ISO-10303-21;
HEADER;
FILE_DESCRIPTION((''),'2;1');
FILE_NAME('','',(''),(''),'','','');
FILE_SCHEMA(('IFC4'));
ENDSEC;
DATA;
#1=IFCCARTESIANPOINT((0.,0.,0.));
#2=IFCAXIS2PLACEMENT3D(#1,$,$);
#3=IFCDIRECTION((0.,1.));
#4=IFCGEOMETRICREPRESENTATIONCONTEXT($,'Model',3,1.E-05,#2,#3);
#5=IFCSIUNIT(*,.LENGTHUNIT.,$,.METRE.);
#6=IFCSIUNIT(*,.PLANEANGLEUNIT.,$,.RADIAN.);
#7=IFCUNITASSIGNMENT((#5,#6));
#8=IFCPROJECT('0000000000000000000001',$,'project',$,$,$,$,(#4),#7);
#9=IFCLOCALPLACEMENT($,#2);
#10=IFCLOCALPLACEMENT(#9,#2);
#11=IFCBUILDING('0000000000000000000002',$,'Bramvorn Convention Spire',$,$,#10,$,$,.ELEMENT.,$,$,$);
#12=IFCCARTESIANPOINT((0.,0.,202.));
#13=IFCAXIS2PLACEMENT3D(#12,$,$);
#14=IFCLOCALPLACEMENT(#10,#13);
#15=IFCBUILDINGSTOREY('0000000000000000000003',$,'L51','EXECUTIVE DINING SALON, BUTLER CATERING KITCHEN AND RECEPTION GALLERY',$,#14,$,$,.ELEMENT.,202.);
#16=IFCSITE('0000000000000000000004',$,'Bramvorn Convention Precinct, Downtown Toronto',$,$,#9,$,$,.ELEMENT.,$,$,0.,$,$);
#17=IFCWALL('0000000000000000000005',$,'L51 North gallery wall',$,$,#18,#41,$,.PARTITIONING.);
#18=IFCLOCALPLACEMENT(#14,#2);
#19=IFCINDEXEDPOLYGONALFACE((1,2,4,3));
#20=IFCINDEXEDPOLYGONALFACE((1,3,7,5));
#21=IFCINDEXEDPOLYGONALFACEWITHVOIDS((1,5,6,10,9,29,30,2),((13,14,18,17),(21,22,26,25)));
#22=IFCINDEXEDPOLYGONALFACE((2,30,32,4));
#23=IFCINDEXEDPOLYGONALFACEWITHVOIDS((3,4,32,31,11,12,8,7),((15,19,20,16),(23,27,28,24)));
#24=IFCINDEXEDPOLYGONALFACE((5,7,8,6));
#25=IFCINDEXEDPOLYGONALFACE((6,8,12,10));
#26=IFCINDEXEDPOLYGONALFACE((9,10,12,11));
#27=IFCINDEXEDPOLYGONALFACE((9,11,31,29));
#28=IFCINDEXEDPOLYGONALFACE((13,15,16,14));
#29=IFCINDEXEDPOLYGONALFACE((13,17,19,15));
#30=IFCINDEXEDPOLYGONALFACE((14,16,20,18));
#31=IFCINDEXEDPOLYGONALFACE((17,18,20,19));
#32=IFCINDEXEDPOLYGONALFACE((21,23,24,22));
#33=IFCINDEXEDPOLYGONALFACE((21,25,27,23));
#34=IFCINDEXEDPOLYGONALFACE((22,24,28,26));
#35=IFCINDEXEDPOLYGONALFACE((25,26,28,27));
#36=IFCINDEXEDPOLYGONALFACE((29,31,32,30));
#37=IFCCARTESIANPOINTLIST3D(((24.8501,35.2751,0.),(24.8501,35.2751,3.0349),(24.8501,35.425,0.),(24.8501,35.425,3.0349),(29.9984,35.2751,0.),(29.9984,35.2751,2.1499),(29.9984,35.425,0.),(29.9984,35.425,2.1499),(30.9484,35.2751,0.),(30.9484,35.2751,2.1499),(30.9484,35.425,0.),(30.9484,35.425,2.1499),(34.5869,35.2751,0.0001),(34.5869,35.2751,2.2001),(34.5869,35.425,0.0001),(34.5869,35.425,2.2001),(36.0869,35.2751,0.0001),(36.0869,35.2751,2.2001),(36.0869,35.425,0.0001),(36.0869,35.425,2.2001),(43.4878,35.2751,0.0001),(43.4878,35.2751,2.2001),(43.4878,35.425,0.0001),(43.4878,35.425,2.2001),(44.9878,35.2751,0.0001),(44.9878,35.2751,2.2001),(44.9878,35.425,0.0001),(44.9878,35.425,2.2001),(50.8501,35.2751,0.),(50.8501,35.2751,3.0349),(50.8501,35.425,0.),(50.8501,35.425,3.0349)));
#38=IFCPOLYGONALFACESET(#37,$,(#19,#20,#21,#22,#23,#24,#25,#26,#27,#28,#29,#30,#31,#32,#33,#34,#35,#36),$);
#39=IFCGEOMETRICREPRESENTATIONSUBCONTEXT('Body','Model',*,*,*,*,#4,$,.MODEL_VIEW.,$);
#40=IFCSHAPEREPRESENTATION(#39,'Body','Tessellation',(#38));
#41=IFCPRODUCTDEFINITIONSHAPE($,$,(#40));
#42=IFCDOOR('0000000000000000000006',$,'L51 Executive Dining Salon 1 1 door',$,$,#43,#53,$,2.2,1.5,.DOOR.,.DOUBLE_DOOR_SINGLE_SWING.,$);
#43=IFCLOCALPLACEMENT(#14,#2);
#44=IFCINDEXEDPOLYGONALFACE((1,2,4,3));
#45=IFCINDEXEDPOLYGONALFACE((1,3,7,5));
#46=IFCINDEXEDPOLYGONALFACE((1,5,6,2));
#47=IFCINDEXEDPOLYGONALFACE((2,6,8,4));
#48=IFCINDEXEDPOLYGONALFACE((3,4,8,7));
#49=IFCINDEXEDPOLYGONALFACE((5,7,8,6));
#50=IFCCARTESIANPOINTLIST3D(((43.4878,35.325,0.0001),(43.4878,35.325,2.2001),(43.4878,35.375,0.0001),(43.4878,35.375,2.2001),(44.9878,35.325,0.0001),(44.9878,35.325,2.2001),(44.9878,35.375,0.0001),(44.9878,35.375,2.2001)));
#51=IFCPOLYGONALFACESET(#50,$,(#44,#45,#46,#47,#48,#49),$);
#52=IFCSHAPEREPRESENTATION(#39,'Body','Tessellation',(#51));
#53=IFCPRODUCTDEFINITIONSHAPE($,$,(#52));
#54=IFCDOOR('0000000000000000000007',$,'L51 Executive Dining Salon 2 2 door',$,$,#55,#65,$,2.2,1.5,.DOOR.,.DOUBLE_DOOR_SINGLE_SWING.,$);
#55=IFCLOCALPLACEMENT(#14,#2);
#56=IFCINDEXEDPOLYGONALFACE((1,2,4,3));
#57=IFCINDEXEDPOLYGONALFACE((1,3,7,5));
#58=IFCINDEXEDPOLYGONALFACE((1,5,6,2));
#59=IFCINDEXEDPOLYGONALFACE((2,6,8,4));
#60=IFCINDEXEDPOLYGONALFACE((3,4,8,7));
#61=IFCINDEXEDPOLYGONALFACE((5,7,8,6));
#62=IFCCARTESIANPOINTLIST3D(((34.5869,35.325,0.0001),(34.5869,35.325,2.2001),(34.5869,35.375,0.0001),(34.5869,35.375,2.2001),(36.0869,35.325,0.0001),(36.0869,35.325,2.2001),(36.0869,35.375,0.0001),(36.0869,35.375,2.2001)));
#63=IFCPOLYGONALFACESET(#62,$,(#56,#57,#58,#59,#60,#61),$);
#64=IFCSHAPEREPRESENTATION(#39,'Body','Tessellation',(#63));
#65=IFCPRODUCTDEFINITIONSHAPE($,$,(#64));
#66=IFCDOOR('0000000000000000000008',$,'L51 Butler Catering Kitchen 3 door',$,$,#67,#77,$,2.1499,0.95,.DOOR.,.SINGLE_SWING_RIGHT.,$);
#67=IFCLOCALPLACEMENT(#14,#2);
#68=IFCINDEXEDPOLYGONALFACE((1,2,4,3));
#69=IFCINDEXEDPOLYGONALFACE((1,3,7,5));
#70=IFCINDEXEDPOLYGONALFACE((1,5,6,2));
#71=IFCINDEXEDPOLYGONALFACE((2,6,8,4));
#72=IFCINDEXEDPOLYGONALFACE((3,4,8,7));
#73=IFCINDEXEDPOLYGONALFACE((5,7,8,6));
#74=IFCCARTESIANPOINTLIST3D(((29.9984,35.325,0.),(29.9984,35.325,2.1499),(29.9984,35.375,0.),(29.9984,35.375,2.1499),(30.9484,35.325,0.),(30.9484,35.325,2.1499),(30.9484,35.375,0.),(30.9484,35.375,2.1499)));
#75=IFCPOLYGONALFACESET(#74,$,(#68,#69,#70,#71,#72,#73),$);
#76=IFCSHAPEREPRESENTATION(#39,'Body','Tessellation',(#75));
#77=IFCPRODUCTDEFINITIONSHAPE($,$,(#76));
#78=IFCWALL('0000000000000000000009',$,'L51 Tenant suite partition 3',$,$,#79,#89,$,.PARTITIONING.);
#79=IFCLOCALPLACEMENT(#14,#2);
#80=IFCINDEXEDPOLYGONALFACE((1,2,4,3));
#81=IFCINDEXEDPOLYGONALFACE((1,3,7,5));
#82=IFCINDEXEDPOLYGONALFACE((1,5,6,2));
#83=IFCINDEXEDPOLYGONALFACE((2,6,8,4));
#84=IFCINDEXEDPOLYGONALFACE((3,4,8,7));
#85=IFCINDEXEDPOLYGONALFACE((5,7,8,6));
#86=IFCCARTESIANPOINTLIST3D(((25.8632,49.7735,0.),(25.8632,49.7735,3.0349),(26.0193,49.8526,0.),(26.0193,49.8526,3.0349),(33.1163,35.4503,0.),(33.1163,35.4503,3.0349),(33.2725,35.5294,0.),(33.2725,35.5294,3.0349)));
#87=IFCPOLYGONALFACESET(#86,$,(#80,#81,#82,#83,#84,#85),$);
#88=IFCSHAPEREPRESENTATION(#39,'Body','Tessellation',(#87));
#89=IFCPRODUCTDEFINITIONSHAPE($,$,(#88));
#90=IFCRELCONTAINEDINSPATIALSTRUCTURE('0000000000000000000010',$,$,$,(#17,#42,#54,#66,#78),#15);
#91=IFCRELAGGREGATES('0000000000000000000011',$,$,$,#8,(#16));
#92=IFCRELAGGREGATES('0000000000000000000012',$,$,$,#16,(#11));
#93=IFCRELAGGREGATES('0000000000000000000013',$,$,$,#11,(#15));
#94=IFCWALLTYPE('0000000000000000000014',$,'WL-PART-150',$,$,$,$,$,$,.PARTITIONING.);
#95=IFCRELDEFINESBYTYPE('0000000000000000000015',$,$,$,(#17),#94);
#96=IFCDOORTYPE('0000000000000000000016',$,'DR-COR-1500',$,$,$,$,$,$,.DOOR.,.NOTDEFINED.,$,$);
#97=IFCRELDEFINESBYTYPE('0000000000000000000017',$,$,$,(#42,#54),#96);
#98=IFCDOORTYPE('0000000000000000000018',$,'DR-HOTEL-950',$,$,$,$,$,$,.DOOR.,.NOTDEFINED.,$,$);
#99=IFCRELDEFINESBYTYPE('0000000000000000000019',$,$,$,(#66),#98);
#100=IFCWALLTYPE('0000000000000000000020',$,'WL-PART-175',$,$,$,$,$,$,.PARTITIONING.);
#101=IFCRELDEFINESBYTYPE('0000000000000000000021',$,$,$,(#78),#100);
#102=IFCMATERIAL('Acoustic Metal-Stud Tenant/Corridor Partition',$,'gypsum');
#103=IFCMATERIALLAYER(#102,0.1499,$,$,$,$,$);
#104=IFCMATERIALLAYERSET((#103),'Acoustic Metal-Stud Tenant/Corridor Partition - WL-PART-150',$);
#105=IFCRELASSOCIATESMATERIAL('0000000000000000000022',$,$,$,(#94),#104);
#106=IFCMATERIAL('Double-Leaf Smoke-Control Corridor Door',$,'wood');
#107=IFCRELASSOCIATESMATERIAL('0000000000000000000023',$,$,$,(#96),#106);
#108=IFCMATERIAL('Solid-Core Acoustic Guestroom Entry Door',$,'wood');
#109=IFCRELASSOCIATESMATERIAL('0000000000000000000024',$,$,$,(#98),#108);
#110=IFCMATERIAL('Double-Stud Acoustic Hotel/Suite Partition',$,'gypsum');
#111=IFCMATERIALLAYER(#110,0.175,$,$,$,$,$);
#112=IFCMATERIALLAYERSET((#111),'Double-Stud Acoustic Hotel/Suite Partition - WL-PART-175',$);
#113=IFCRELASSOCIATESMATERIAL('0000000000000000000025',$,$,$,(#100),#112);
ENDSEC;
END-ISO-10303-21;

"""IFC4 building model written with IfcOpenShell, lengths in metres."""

from ifc_helpers import new_model, si_unit, direction, frame, frame_2d, origin, place, context, subcontext, project, spatial, rectangle, extrude, material, layer, layer_set, type_object, element, fill, save


model = new_model("IFC4")

# Units and contexts
model_context = context("Model", 3, precision=1e-05, world=origin(), true_north=direction((0.0, 1.0)))
body_context = subcontext(model_context, "Body", "Model", "MODEL_VIEW")
ifc_project = project(units=[si_unit("LENGTHUNIT", "METRE"), si_unit("PLANEANGLEUNIT", "RADIAN")], contexts=[model_context])

# Site, building, storey
site_placement = place(None, origin())
site = spatial("IfcSite", under=ifc_project, at=site_placement, Name="Bramvorn Convention Precinct, Downtown Toronto", CompositionType="ELEMENT", RefElevation=0.0)
building_placement = place(site_placement, origin())
building = spatial("IfcBuilding", under=site, at=building_placement, Name="Bramvorn Convention Spire", CompositionType="ELEMENT")
storey_placement = place(building_placement, frame((0.0, 0.0, 202.0)))
storey = spatial("IfcBuildingStorey", under=building, at=storey_placement, Name="L51", Description="EXECUTIVE DINING SALON, BUTLER CATERING KITCHEN AND RECEPTION GALLERY", CompositionType="ELEMENT", Elevation=202.0)

# Wall, openings, doors
ifc_material_1 = material(Name="Acoustic Metal-Stud Tenant/Corridor Partition", Category="gypsum")
ifc_layer_1 = layer(ifc_material_1, 0.1499)
ifc_layer_set_1 = layer_set([ifc_layer_1], Name="Acoustic Metal-Stud Tenant/Corridor Partition - WL-PART-150")
wall_type_1 = type_object("IfcWallType", Name="WL-PART-150", PredefinedType="PARTITIONING", material=ifc_layer_set_1)
wall_1_placement = place(storey_placement, frame((24.8501, 35.3501, 0.0), z_axis=(0.0, 0.0, 1.0), x_axis=(1.0, 0.0, 0.0)))
wall_1 = element("IfcWall", 1, at=wall_1_placement, inside=storey, type_object=wall_type_1, Name="L51 North gallery wall", PredefinedType="PARTITIONING", context=body_context, shape_type="SweptSolid", body=[
    extrude(rectangle(XDim=26.0, YDim=0.1499, at=frame_2d((13.0, 0.0))), origin(), (0.0, 0.0, 1.0), 3.0349),
])
opening_1_placement = place(wall_1_placement, frame((18.6377, 0.0, 0.0)))
opening_1 = element("IfcOpeningElement", 2, at=opening_1_placement, cuts=wall_1, PredefinedType="OPENING", context=body_context, shape_type="SweptSolid", body=[
    extrude(rectangle(XDim=1.5, YDim=2.2, at=frame_2d((0.75, 1.1001))), frame((0.0, 0.085, 0.0), z_axis=(0.0, -1.0, 0.0), x_axis=(1.0, 0.0, 0.0)), (0.0, 0.0, 1.0), 0.1699),
])
opening_2_placement = place(wall_1_placement, frame((9.7368, 0.0, 0.0)))
opening_2 = element("IfcOpeningElement", 3, at=opening_2_placement, cuts=wall_1, PredefinedType="OPENING", context=body_context, shape_type="SweptSolid", body=[
    extrude(rectangle(XDim=1.5, YDim=2.2, at=frame_2d((0.75, 1.1001))), frame((0.0, 0.085, 0.0), z_axis=(0.0, -1.0, 0.0), x_axis=(1.0, 0.0, 0.0)), (0.0, 0.0, 1.0), 0.1699),
])
opening_3_placement = place(wall_1_placement, frame((5.1482, 0.0, 0.0)))
opening_3 = element("IfcOpeningElement", 4, at=opening_3_placement, cuts=wall_1, PredefinedType="OPENING", context=body_context, shape_type="SweptSolid", body=[
    extrude(rectangle(XDim=0.95, YDim=2.1499, at=frame_2d((0.4751, 1.075))), frame((0.0, 0.085, 0.0), z_axis=(0.0, -1.0, 0.0), x_axis=(1.0, 0.0, 0.0)), (0.0, 0.0, 1.0), 0.1699),
])
ifc_material_2 = material(Name="Double-Leaf Smoke-Control Corridor Door", Category="wood")
door_type_1 = type_object("IfcDoorType", Name="DR-COR-1500", OperationType="NOTDEFINED", PredefinedType="DOOR", material=ifc_material_2)
door_1_placement = place(opening_1_placement, origin())
door_1 = element("IfcDoor", 5, at=door_1_placement, inside=storey, type_object=door_type_1, Name="L51 Executive Dining Salon 1 1 door", OperationType="DOUBLE_DOOR_SINGLE_SWING", OverallHeight=2.2, OverallWidth=1.5, PredefinedType="DOOR", context=body_context, shape_type="SweptSolid", body=[
    extrude(rectangle(XDim=1.5, YDim=2.2, at=frame_2d((0.75, 1.1001))), frame((0.0, 0.0249, 0.0), z_axis=(0.0, -1.0, 0.0), x_axis=(1.0, 0.0, 0.0)), (0.0, 0.0, 1.0), 0.05),
])
fill(opening_1, door_1)
door_2_placement = place(opening_2_placement, origin())
door_2 = element("IfcDoor", 6, at=door_2_placement, inside=storey, type_object=door_type_1, Name="L51 Executive Dining Salon 2 2 door", OperationType="DOUBLE_DOOR_SINGLE_SWING", OverallHeight=2.2, OverallWidth=1.5, PredefinedType="DOOR", context=body_context, shape_type="SweptSolid", body=[
    extrude(rectangle(XDim=1.5, YDim=2.2, at=frame_2d((0.75, 1.1001))), frame((0.0, 0.0249, 0.0), z_axis=(0.0, -1.0, 0.0), x_axis=(1.0, 0.0, 0.0)), (0.0, 0.0, 1.0), 0.05),
])
fill(opening_2, door_2)
ifc_material_3 = material(Name="Solid-Core Acoustic Guestroom Entry Door", Category="wood")
door_type_2 = type_object("IfcDoorType", Name="DR-HOTEL-950", OperationType="NOTDEFINED", PredefinedType="DOOR", material=ifc_material_3)
door_3_placement = place(opening_3_placement, origin())
door_3 = element("IfcDoor", 7, at=door_3_placement, inside=storey, type_object=door_type_2, Name="L51 Butler Catering Kitchen 3 door", OperationType="SINGLE_SWING_RIGHT", OverallHeight=2.1499, OverallWidth=0.95, PredefinedType="DOOR", context=body_context, shape_type="SweptSolid", body=[
    extrude(rectangle(XDim=0.95, YDim=2.1499, at=frame_2d((0.4751, 1.075))), frame((0.0, 0.0249, 0.0), z_axis=(0.0, -1.0, 0.0), x_axis=(1.0, 0.0, 0.0)), (0.0, 0.0, 1.0), 0.05),
])
fill(opening_3, door_3)

# Wall
ifc_material_4 = material(Name="Double-Stud Acoustic Hotel/Suite Partition", Category="gypsum")
ifc_layer_2 = layer(ifc_material_4, 0.175)
ifc_layer_set_2 = layer_set([ifc_layer_2], Name="Double-Stud Acoustic Hotel/Suite Partition - WL-PART-175")
wall_type_2 = type_object("IfcWallType", Name="WL-PART-175", PredefinedType="PARTITIONING", material=ifc_layer_set_2)
wall_2_placement = place(storey_placement, frame((33.1943, 35.49, 0.0), z_axis=(0.0, 0.0, 1.0), x_axis=(-0.45177, 0.892135, 0.0)))
element("IfcWall", 8, at=wall_2_placement, inside=storey, type_object=wall_type_2, Name="L51 Tenant suite partition 3", PredefinedType="PARTITIONING", context=body_context, shape_type="SweptSolid", body=[
    extrude(rectangle(XDim=16.0549, YDim=0.175, at=frame_2d((8.0273, 0.0))), origin(), (0.0, 0.0, 1.0), 3.0349),
])

save(model, "model.ifc")
